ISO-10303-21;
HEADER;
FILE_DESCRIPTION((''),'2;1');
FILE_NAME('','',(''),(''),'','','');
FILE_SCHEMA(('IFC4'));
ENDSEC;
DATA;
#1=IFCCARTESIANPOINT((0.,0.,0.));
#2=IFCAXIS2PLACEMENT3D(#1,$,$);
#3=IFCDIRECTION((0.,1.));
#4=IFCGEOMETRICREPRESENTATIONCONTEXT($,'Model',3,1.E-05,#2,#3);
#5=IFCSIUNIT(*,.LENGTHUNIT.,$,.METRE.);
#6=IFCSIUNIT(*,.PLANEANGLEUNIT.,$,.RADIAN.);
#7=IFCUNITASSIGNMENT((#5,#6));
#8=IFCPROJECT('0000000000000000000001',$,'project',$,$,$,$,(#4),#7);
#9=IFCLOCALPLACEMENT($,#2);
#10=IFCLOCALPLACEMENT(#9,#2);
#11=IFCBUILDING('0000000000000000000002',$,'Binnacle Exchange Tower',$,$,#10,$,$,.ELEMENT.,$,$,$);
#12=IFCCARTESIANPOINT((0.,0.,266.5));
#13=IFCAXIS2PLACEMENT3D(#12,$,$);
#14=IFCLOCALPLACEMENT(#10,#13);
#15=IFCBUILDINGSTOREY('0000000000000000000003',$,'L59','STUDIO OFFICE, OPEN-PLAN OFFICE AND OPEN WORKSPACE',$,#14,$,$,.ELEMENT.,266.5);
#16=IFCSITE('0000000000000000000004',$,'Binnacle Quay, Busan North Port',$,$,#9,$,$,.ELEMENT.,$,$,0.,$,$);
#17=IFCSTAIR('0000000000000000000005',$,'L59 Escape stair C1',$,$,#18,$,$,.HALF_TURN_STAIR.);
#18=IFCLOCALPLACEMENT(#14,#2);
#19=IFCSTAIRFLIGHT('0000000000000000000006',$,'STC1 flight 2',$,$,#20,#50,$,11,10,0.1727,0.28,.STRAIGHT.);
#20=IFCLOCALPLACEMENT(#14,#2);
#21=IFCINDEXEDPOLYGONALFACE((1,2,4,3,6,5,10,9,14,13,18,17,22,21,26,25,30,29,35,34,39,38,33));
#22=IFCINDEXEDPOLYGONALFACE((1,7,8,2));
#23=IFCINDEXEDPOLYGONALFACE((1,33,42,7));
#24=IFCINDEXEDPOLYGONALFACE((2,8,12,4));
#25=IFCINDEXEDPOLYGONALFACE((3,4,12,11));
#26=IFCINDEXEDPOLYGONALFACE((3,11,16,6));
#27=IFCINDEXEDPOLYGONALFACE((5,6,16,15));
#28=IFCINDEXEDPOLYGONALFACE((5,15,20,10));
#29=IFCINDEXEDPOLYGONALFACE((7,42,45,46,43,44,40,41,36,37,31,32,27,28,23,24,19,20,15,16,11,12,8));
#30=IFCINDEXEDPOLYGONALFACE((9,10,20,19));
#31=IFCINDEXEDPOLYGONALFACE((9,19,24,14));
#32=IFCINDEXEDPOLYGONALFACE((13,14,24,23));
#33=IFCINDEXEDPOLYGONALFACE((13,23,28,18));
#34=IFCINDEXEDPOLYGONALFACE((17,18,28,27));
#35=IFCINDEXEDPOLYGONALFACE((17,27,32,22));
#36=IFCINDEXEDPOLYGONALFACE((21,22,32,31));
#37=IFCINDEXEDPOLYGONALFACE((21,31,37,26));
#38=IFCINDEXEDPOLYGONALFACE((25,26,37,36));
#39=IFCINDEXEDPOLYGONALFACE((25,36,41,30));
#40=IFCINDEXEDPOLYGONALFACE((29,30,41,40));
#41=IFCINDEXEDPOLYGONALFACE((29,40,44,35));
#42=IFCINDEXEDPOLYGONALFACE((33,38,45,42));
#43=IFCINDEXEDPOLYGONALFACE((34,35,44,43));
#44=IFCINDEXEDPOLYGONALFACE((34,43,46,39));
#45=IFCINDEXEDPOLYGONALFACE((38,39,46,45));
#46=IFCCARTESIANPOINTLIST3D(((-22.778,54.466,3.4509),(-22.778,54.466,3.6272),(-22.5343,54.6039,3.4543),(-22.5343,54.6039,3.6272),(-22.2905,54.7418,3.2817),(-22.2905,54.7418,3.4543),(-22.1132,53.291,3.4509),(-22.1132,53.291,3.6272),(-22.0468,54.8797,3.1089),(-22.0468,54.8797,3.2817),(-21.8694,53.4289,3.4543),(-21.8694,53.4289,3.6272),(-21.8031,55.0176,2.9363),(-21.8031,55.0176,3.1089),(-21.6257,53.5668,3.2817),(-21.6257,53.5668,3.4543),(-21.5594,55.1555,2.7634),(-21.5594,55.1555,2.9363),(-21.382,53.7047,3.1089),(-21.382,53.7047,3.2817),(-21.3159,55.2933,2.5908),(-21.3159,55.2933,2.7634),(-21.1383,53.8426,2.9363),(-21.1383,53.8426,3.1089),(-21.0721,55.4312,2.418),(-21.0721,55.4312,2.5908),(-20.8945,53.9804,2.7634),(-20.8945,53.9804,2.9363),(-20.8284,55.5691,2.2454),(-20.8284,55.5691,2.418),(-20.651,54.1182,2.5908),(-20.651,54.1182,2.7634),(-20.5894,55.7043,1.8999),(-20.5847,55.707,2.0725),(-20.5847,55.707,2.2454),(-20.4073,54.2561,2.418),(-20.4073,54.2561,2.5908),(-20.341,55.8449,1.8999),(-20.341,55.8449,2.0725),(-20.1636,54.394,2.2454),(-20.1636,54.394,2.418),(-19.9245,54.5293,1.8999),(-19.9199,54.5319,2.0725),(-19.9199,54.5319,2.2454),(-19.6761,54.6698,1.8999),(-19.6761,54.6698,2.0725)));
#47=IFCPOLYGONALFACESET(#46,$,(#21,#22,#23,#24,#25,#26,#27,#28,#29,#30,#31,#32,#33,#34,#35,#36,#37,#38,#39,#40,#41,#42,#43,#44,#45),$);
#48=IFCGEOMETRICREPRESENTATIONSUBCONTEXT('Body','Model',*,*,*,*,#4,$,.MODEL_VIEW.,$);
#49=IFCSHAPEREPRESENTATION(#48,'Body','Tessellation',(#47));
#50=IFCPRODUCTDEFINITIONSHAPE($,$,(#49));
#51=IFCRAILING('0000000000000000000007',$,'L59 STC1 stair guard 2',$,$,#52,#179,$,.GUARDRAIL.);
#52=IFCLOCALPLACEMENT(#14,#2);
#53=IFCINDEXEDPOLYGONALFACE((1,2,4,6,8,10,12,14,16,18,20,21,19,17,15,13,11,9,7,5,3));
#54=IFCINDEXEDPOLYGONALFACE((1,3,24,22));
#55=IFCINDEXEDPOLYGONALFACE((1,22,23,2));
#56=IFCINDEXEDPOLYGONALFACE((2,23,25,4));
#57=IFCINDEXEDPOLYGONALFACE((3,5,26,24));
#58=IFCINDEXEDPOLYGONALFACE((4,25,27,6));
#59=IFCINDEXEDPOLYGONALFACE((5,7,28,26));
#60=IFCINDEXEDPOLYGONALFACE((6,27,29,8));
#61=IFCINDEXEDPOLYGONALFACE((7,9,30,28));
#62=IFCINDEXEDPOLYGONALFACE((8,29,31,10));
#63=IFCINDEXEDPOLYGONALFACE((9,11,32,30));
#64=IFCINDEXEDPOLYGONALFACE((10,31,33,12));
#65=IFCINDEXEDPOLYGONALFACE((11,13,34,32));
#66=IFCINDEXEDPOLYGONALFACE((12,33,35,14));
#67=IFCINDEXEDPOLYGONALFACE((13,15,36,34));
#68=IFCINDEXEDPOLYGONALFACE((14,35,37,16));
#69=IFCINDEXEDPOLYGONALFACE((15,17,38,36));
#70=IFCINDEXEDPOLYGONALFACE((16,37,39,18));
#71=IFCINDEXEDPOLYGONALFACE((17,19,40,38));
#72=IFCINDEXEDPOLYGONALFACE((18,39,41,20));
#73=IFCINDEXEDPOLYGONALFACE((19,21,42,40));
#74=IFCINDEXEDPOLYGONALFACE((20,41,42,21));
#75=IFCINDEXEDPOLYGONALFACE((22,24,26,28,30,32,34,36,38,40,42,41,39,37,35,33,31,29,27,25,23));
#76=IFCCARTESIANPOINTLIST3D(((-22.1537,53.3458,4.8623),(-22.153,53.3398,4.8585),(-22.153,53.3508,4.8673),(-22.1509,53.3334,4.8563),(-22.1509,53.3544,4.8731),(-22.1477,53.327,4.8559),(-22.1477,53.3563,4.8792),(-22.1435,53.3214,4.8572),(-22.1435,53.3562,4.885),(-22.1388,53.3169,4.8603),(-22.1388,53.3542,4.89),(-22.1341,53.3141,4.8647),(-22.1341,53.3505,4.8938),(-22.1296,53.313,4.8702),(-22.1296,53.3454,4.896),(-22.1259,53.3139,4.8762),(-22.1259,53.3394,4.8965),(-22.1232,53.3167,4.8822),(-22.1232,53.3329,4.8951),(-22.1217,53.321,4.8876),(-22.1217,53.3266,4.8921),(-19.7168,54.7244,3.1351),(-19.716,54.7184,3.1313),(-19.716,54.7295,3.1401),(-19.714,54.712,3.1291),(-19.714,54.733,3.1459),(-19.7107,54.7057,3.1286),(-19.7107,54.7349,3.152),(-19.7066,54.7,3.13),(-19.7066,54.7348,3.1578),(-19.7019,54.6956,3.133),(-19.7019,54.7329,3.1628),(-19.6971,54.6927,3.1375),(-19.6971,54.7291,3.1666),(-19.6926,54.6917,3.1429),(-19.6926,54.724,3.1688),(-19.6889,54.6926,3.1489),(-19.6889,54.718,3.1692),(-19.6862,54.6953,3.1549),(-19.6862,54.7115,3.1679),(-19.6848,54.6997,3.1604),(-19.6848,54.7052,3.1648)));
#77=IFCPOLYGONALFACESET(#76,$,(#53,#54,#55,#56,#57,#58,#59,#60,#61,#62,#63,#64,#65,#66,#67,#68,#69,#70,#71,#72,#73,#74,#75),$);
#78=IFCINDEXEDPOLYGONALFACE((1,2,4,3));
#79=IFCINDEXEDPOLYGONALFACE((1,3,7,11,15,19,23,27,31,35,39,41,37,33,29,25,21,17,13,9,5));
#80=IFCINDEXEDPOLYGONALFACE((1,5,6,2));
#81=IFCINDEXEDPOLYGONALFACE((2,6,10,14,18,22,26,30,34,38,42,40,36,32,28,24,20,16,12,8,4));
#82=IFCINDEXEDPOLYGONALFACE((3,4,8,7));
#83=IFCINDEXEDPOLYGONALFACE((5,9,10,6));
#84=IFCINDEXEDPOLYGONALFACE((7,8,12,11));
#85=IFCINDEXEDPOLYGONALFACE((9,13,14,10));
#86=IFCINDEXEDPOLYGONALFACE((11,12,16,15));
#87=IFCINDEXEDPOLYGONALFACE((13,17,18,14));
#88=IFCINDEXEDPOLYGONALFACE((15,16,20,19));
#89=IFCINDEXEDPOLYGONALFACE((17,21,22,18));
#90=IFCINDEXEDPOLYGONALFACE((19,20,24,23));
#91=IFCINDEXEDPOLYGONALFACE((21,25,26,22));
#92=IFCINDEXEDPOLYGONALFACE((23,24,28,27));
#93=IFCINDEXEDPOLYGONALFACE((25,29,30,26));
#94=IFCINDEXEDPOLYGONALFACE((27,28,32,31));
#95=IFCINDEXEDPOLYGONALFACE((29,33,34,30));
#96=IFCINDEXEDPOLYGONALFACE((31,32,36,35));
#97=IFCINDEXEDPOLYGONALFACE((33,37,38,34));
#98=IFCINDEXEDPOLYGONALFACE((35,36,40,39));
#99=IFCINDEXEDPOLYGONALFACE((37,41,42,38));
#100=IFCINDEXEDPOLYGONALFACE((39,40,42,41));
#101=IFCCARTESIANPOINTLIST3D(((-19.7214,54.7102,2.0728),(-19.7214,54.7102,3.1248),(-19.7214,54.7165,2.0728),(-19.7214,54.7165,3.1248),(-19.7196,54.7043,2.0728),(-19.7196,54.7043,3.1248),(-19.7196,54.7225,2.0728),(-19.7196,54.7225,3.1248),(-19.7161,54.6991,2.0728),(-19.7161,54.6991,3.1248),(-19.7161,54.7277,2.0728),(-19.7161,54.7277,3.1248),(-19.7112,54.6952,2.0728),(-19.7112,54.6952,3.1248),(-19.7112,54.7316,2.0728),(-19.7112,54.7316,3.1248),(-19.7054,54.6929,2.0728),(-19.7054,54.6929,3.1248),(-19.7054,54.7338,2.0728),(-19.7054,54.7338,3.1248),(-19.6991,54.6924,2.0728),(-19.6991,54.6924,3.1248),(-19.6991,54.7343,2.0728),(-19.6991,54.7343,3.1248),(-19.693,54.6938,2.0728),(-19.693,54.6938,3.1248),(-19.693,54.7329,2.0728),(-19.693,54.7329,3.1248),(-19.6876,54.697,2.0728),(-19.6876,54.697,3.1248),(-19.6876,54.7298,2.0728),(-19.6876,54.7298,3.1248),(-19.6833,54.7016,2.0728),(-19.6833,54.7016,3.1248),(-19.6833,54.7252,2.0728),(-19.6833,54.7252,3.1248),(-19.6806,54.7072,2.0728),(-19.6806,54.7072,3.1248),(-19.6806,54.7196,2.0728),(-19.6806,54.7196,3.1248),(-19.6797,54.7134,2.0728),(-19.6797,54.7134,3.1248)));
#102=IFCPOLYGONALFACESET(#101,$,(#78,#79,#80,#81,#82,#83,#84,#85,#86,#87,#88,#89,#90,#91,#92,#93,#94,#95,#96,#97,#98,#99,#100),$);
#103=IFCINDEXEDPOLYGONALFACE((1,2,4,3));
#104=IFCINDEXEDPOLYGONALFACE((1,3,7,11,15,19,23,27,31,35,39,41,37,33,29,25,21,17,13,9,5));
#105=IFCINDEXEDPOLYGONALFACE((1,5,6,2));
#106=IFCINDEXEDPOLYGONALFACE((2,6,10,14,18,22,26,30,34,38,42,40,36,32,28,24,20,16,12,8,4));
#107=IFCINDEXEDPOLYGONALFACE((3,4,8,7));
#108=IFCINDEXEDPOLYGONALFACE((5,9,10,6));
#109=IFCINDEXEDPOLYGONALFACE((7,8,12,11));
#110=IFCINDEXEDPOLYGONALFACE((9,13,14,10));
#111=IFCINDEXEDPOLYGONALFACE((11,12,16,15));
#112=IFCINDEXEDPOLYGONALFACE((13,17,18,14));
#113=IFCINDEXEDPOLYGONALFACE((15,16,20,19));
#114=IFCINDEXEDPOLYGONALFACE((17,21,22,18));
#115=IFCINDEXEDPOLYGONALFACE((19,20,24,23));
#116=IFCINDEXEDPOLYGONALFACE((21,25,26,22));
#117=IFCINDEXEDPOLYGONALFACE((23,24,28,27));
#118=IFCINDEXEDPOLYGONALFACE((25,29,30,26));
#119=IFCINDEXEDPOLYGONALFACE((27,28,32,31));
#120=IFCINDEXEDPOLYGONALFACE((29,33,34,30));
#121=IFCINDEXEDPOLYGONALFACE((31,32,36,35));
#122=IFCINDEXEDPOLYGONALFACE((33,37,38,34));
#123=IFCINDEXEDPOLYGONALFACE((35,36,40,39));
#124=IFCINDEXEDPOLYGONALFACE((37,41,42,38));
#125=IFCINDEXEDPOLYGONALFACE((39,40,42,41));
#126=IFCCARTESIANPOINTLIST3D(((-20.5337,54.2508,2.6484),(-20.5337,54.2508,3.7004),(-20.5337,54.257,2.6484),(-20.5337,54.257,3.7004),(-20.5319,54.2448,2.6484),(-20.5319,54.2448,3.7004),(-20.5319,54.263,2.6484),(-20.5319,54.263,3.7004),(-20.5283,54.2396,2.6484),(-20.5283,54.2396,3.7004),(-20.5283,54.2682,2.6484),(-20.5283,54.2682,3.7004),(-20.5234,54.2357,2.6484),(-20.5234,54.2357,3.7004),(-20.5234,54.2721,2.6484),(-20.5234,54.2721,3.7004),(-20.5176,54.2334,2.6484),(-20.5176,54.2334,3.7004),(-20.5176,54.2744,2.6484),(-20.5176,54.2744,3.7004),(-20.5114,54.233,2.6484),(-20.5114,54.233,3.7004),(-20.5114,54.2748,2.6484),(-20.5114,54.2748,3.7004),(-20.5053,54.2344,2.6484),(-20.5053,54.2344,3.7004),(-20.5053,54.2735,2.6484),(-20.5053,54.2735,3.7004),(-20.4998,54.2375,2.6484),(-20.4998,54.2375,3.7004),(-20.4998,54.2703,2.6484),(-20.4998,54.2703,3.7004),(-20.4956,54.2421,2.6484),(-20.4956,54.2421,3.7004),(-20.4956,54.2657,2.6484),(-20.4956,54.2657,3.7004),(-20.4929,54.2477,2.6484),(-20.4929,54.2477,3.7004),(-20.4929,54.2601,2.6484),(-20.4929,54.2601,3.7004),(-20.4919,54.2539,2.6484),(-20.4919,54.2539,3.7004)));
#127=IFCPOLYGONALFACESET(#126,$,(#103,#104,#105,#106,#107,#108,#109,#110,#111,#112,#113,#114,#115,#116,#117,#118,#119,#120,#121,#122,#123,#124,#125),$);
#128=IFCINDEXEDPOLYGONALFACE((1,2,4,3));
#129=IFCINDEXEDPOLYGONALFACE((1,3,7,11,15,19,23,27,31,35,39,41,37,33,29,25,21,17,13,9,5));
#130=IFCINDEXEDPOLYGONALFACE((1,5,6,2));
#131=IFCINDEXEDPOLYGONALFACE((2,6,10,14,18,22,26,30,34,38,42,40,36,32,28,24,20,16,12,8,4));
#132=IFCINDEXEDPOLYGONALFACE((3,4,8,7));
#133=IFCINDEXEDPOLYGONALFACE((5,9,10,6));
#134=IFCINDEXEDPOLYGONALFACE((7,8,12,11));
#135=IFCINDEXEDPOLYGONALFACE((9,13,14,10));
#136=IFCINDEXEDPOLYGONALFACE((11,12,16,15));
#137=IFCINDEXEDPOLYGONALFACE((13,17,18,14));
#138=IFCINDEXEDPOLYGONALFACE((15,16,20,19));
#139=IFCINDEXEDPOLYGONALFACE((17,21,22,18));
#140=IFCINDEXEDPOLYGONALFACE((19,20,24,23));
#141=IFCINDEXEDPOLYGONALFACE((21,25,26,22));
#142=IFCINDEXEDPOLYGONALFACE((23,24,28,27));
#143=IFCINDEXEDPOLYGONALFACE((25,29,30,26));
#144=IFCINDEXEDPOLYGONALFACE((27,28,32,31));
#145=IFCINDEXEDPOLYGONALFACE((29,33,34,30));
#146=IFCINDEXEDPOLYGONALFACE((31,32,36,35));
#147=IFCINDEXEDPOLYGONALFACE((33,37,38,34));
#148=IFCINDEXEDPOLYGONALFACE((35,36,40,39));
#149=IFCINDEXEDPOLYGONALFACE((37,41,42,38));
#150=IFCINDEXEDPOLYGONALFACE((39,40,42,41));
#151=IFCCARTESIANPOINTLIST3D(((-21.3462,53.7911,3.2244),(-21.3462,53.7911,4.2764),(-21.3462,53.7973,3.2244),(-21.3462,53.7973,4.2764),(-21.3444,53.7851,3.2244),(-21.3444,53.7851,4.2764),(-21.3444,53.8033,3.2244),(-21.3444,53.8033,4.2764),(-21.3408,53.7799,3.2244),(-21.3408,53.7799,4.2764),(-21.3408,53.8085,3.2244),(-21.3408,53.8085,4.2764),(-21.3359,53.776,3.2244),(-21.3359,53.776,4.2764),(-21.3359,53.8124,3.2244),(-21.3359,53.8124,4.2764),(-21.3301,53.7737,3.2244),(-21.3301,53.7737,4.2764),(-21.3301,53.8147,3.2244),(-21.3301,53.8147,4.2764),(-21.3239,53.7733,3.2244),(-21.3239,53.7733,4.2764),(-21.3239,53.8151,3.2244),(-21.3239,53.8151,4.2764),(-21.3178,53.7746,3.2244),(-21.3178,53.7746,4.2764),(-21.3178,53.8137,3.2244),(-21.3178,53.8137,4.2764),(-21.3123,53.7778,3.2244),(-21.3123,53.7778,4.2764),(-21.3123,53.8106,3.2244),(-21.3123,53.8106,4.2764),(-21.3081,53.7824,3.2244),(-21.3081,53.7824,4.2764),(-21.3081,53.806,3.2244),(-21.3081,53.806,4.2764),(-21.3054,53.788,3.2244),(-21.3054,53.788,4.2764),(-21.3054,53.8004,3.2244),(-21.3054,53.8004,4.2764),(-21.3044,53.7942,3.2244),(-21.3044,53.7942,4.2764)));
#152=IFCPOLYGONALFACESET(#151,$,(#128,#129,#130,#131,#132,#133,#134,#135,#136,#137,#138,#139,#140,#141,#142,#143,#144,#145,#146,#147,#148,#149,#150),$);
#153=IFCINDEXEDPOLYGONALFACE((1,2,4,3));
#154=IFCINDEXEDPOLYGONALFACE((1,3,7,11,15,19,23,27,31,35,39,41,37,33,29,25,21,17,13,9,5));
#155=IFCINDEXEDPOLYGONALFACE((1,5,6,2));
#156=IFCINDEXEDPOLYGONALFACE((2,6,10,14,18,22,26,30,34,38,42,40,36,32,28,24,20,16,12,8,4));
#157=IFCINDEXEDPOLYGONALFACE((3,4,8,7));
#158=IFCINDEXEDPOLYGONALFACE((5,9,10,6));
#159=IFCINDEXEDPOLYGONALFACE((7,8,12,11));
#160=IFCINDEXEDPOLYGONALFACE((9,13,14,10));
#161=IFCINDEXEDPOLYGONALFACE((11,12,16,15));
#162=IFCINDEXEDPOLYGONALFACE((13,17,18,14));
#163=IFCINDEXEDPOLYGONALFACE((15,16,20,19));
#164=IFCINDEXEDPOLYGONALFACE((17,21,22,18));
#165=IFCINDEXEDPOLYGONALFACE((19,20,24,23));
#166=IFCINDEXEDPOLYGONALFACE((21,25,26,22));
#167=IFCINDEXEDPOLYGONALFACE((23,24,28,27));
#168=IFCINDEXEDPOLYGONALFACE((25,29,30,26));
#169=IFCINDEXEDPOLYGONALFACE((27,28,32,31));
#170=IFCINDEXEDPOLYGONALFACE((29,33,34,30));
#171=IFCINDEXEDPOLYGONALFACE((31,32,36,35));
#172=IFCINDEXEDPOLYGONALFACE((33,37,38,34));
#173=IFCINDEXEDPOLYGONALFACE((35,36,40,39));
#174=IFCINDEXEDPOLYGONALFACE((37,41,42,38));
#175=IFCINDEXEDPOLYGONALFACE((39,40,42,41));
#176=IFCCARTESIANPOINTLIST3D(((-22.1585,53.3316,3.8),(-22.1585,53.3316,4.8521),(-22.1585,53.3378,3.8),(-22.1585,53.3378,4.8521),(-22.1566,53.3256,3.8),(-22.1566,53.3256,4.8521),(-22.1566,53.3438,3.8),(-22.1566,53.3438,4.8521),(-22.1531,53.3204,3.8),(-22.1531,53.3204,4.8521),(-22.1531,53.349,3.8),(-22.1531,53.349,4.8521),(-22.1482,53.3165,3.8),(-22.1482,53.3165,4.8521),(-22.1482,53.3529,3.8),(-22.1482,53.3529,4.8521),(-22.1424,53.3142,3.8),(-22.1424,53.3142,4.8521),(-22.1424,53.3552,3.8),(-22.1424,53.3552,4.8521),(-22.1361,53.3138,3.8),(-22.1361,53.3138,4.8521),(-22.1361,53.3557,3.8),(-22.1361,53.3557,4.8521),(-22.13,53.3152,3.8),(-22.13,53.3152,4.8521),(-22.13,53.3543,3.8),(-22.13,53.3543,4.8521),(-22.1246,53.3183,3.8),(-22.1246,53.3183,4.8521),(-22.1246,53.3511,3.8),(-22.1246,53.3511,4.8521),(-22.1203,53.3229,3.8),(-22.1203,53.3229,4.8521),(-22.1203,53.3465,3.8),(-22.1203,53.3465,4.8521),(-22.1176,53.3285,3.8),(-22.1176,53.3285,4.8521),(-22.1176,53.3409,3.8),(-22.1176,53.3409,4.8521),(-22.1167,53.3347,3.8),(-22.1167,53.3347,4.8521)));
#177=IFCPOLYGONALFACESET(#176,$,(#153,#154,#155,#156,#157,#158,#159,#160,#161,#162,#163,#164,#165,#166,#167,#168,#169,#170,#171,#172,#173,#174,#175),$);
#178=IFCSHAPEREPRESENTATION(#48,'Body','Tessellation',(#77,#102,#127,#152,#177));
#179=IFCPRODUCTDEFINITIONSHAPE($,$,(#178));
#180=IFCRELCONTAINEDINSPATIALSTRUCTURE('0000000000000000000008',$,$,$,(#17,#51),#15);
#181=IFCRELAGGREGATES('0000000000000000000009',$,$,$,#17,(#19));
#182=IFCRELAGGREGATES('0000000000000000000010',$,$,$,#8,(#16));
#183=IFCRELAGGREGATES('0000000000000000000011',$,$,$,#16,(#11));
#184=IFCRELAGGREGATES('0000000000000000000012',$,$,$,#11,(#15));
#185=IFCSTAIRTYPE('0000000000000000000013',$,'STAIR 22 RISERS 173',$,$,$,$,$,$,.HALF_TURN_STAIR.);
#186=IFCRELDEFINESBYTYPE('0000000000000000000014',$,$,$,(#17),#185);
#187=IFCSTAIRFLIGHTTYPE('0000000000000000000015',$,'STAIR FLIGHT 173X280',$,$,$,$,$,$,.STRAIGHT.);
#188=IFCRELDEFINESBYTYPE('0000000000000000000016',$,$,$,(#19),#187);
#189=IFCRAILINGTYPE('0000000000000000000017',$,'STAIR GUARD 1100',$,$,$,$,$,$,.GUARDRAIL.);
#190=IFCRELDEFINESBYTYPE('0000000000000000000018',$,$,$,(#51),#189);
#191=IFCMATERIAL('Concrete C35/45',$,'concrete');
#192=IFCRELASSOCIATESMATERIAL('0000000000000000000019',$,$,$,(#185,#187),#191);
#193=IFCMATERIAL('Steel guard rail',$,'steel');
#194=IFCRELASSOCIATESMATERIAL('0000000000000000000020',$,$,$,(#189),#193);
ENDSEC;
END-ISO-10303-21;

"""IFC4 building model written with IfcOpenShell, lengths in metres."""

from ifc_helpers import new_model, si_unit, direction, frame, origin, origin_2d, place, context, subcontext, project, spatial, polyline, circle, outline, extrude, material, type_object, element, aggregate, save


model = new_model("IFC4")

# Units and contexts
model_context = context("Model", 3, precision=1e-05, world=origin(), true_north=direction((0.0, 1.0)))
body_context = subcontext(model_context, "Body", "Model", "MODEL_VIEW")
ifc_project = project(units=[si_unit("LENGTHUNIT", "METRE"), si_unit("PLANEANGLEUNIT", "RADIAN")], contexts=[model_context])

# Site, building, storey
site_placement = place(None, origin())
site = spatial("IfcSite", under=ifc_project, at=site_placement, Name="Binnacle Quay, Busan North Port", CompositionType="ELEMENT", RefElevation=0.0)
building_placement = place(site_placement, origin())
building = spatial("IfcBuilding", under=site, at=building_placement, Name="Binnacle Exchange Tower", CompositionType="ELEMENT")
storey_placement = place(building_placement, frame((0.0, 0.0, 266.5)))
storey = spatial("IfcBuildingStorey", under=building, at=storey_placement, Name="L59", Description="STUDIO OFFICE, OPEN-PLAN OFFICE AND OPEN WORKSPACE", CompositionType="ELEMENT", Elevation=266.5)

# Stair, stair flight
ifc_material_1 = material(Name="Concrete C35/45", Category="concrete")
stair_type = type_object("IfcStairType", Name="STAIR 22 RISERS 173", PredefinedType="HALF_TURN_STAIR", material=ifc_material_1)
stair_placement = place(storey_placement, origin())
stair = element("IfcStair", 1, at=stair_placement, inside=storey, type_object=stair_type, Name="L59 Escape stair C1", PredefinedType="HALF_TURN_STAIR")
stair_flight_type = type_object("IfcStairFlightType", Name="STAIR FLIGHT 173X280", PredefinedType="STRAIGHT", material=ifc_material_1)
stair_flight_placement = place(storey_placement, frame((-20.0085, 55.2573, 1.8999), z_axis=(0.0, 0.0, 1.0), x_axis=(-0.870356, -0.492424, 0.0)))
stair_flight = element("IfcStairFlight", 2, at=stair_flight_placement, type_object=stair_flight_type, Name="STC1 flight 2", NumberOfRisers=11, NumberOfTreads=10, PredefinedType="STRAIGHT", RiserHeight=0.1727, TreadLength=0.28, context=body_context, shape_type="SweptSolid", body=[
    extrude(outline(polyline([(0.0, 0.0), (0.0, 0.1726), (0.28, 0.1726), (0.28, 0.3455), (0.5601, 0.3455), (0.5601, 0.5181), (0.8401, 0.5181), (0.8401, 0.6909), (1.1201, 0.6909), (1.1201, 0.8635), (1.3999, 0.8635), (1.3999, 1.0364), (1.6799, 1.0364), (1.6799, 1.209), (1.96, 1.209), (1.96, 1.3818), (2.24, 1.3818), (2.24, 1.5544), (2.52, 1.5544), (2.52, 1.7273), (2.8, 1.7273), (2.8, 1.8999), (2.8, 1.551), (0.2854, 0.0), (0.0, 0.0)])), frame((0.0, 0.675, 0.0), z_axis=(0.0, -1.0, 0.0), x_axis=(1.0, 0.0, 0.0)), (0.0, 0.0, 1.0), 1.3501),
])
aggregate(stair, [stair_flight])

# Railing
ifc_material_2 = material(Name="Steel guard rail", Category="steel")
railing_type = type_object("IfcRailingType", Name="STAIR GUARD 1100", PredefinedType="GUARDRAIL", material=ifc_material_2)
railing_placement = place(storey_placement, frame((-19.7007, 54.7134, 2.0728)))
element("IfcRailing", 3, at=railing_placement, inside=storey, type_object=railing_type, Name="L59 STC1 stair guard 2", PredefinedType="GUARDRAIL", context=body_context, shape_type="SweptSolid", body=[
    extrude(circle(Radius=0.0239, at=origin_2d()), frame((0.0, 0.0, 1.0762), z_axis=(-0.740761, -0.419062, 0.525033), x_axis=(0.492388, -0.870376, 0.0)), (0.0, 0.0, 1.0), 3.2898),
    extrude(circle(Radius=0.021, at=origin_2d()), origin(), (0.0, 0.0, 1.0), 1.052),
    extrude(circle(Radius=0.021, at=origin_2d()), frame((-0.8123, -0.4595, 0.5757)), (0.0, 0.0, 1.0), 1.052),
    extrude(circle(Radius=0.021, at=origin_2d()), frame((-1.6248, -0.9192, 1.1516)), (0.0, 0.0, 1.0), 1.052),
    extrude(circle(Radius=0.021, at=origin_2d()), frame((-2.437, -1.3787, 1.7273)), (0.0, 0.0, 1.0), 1.052),
])

save(model, "model.ifc")
